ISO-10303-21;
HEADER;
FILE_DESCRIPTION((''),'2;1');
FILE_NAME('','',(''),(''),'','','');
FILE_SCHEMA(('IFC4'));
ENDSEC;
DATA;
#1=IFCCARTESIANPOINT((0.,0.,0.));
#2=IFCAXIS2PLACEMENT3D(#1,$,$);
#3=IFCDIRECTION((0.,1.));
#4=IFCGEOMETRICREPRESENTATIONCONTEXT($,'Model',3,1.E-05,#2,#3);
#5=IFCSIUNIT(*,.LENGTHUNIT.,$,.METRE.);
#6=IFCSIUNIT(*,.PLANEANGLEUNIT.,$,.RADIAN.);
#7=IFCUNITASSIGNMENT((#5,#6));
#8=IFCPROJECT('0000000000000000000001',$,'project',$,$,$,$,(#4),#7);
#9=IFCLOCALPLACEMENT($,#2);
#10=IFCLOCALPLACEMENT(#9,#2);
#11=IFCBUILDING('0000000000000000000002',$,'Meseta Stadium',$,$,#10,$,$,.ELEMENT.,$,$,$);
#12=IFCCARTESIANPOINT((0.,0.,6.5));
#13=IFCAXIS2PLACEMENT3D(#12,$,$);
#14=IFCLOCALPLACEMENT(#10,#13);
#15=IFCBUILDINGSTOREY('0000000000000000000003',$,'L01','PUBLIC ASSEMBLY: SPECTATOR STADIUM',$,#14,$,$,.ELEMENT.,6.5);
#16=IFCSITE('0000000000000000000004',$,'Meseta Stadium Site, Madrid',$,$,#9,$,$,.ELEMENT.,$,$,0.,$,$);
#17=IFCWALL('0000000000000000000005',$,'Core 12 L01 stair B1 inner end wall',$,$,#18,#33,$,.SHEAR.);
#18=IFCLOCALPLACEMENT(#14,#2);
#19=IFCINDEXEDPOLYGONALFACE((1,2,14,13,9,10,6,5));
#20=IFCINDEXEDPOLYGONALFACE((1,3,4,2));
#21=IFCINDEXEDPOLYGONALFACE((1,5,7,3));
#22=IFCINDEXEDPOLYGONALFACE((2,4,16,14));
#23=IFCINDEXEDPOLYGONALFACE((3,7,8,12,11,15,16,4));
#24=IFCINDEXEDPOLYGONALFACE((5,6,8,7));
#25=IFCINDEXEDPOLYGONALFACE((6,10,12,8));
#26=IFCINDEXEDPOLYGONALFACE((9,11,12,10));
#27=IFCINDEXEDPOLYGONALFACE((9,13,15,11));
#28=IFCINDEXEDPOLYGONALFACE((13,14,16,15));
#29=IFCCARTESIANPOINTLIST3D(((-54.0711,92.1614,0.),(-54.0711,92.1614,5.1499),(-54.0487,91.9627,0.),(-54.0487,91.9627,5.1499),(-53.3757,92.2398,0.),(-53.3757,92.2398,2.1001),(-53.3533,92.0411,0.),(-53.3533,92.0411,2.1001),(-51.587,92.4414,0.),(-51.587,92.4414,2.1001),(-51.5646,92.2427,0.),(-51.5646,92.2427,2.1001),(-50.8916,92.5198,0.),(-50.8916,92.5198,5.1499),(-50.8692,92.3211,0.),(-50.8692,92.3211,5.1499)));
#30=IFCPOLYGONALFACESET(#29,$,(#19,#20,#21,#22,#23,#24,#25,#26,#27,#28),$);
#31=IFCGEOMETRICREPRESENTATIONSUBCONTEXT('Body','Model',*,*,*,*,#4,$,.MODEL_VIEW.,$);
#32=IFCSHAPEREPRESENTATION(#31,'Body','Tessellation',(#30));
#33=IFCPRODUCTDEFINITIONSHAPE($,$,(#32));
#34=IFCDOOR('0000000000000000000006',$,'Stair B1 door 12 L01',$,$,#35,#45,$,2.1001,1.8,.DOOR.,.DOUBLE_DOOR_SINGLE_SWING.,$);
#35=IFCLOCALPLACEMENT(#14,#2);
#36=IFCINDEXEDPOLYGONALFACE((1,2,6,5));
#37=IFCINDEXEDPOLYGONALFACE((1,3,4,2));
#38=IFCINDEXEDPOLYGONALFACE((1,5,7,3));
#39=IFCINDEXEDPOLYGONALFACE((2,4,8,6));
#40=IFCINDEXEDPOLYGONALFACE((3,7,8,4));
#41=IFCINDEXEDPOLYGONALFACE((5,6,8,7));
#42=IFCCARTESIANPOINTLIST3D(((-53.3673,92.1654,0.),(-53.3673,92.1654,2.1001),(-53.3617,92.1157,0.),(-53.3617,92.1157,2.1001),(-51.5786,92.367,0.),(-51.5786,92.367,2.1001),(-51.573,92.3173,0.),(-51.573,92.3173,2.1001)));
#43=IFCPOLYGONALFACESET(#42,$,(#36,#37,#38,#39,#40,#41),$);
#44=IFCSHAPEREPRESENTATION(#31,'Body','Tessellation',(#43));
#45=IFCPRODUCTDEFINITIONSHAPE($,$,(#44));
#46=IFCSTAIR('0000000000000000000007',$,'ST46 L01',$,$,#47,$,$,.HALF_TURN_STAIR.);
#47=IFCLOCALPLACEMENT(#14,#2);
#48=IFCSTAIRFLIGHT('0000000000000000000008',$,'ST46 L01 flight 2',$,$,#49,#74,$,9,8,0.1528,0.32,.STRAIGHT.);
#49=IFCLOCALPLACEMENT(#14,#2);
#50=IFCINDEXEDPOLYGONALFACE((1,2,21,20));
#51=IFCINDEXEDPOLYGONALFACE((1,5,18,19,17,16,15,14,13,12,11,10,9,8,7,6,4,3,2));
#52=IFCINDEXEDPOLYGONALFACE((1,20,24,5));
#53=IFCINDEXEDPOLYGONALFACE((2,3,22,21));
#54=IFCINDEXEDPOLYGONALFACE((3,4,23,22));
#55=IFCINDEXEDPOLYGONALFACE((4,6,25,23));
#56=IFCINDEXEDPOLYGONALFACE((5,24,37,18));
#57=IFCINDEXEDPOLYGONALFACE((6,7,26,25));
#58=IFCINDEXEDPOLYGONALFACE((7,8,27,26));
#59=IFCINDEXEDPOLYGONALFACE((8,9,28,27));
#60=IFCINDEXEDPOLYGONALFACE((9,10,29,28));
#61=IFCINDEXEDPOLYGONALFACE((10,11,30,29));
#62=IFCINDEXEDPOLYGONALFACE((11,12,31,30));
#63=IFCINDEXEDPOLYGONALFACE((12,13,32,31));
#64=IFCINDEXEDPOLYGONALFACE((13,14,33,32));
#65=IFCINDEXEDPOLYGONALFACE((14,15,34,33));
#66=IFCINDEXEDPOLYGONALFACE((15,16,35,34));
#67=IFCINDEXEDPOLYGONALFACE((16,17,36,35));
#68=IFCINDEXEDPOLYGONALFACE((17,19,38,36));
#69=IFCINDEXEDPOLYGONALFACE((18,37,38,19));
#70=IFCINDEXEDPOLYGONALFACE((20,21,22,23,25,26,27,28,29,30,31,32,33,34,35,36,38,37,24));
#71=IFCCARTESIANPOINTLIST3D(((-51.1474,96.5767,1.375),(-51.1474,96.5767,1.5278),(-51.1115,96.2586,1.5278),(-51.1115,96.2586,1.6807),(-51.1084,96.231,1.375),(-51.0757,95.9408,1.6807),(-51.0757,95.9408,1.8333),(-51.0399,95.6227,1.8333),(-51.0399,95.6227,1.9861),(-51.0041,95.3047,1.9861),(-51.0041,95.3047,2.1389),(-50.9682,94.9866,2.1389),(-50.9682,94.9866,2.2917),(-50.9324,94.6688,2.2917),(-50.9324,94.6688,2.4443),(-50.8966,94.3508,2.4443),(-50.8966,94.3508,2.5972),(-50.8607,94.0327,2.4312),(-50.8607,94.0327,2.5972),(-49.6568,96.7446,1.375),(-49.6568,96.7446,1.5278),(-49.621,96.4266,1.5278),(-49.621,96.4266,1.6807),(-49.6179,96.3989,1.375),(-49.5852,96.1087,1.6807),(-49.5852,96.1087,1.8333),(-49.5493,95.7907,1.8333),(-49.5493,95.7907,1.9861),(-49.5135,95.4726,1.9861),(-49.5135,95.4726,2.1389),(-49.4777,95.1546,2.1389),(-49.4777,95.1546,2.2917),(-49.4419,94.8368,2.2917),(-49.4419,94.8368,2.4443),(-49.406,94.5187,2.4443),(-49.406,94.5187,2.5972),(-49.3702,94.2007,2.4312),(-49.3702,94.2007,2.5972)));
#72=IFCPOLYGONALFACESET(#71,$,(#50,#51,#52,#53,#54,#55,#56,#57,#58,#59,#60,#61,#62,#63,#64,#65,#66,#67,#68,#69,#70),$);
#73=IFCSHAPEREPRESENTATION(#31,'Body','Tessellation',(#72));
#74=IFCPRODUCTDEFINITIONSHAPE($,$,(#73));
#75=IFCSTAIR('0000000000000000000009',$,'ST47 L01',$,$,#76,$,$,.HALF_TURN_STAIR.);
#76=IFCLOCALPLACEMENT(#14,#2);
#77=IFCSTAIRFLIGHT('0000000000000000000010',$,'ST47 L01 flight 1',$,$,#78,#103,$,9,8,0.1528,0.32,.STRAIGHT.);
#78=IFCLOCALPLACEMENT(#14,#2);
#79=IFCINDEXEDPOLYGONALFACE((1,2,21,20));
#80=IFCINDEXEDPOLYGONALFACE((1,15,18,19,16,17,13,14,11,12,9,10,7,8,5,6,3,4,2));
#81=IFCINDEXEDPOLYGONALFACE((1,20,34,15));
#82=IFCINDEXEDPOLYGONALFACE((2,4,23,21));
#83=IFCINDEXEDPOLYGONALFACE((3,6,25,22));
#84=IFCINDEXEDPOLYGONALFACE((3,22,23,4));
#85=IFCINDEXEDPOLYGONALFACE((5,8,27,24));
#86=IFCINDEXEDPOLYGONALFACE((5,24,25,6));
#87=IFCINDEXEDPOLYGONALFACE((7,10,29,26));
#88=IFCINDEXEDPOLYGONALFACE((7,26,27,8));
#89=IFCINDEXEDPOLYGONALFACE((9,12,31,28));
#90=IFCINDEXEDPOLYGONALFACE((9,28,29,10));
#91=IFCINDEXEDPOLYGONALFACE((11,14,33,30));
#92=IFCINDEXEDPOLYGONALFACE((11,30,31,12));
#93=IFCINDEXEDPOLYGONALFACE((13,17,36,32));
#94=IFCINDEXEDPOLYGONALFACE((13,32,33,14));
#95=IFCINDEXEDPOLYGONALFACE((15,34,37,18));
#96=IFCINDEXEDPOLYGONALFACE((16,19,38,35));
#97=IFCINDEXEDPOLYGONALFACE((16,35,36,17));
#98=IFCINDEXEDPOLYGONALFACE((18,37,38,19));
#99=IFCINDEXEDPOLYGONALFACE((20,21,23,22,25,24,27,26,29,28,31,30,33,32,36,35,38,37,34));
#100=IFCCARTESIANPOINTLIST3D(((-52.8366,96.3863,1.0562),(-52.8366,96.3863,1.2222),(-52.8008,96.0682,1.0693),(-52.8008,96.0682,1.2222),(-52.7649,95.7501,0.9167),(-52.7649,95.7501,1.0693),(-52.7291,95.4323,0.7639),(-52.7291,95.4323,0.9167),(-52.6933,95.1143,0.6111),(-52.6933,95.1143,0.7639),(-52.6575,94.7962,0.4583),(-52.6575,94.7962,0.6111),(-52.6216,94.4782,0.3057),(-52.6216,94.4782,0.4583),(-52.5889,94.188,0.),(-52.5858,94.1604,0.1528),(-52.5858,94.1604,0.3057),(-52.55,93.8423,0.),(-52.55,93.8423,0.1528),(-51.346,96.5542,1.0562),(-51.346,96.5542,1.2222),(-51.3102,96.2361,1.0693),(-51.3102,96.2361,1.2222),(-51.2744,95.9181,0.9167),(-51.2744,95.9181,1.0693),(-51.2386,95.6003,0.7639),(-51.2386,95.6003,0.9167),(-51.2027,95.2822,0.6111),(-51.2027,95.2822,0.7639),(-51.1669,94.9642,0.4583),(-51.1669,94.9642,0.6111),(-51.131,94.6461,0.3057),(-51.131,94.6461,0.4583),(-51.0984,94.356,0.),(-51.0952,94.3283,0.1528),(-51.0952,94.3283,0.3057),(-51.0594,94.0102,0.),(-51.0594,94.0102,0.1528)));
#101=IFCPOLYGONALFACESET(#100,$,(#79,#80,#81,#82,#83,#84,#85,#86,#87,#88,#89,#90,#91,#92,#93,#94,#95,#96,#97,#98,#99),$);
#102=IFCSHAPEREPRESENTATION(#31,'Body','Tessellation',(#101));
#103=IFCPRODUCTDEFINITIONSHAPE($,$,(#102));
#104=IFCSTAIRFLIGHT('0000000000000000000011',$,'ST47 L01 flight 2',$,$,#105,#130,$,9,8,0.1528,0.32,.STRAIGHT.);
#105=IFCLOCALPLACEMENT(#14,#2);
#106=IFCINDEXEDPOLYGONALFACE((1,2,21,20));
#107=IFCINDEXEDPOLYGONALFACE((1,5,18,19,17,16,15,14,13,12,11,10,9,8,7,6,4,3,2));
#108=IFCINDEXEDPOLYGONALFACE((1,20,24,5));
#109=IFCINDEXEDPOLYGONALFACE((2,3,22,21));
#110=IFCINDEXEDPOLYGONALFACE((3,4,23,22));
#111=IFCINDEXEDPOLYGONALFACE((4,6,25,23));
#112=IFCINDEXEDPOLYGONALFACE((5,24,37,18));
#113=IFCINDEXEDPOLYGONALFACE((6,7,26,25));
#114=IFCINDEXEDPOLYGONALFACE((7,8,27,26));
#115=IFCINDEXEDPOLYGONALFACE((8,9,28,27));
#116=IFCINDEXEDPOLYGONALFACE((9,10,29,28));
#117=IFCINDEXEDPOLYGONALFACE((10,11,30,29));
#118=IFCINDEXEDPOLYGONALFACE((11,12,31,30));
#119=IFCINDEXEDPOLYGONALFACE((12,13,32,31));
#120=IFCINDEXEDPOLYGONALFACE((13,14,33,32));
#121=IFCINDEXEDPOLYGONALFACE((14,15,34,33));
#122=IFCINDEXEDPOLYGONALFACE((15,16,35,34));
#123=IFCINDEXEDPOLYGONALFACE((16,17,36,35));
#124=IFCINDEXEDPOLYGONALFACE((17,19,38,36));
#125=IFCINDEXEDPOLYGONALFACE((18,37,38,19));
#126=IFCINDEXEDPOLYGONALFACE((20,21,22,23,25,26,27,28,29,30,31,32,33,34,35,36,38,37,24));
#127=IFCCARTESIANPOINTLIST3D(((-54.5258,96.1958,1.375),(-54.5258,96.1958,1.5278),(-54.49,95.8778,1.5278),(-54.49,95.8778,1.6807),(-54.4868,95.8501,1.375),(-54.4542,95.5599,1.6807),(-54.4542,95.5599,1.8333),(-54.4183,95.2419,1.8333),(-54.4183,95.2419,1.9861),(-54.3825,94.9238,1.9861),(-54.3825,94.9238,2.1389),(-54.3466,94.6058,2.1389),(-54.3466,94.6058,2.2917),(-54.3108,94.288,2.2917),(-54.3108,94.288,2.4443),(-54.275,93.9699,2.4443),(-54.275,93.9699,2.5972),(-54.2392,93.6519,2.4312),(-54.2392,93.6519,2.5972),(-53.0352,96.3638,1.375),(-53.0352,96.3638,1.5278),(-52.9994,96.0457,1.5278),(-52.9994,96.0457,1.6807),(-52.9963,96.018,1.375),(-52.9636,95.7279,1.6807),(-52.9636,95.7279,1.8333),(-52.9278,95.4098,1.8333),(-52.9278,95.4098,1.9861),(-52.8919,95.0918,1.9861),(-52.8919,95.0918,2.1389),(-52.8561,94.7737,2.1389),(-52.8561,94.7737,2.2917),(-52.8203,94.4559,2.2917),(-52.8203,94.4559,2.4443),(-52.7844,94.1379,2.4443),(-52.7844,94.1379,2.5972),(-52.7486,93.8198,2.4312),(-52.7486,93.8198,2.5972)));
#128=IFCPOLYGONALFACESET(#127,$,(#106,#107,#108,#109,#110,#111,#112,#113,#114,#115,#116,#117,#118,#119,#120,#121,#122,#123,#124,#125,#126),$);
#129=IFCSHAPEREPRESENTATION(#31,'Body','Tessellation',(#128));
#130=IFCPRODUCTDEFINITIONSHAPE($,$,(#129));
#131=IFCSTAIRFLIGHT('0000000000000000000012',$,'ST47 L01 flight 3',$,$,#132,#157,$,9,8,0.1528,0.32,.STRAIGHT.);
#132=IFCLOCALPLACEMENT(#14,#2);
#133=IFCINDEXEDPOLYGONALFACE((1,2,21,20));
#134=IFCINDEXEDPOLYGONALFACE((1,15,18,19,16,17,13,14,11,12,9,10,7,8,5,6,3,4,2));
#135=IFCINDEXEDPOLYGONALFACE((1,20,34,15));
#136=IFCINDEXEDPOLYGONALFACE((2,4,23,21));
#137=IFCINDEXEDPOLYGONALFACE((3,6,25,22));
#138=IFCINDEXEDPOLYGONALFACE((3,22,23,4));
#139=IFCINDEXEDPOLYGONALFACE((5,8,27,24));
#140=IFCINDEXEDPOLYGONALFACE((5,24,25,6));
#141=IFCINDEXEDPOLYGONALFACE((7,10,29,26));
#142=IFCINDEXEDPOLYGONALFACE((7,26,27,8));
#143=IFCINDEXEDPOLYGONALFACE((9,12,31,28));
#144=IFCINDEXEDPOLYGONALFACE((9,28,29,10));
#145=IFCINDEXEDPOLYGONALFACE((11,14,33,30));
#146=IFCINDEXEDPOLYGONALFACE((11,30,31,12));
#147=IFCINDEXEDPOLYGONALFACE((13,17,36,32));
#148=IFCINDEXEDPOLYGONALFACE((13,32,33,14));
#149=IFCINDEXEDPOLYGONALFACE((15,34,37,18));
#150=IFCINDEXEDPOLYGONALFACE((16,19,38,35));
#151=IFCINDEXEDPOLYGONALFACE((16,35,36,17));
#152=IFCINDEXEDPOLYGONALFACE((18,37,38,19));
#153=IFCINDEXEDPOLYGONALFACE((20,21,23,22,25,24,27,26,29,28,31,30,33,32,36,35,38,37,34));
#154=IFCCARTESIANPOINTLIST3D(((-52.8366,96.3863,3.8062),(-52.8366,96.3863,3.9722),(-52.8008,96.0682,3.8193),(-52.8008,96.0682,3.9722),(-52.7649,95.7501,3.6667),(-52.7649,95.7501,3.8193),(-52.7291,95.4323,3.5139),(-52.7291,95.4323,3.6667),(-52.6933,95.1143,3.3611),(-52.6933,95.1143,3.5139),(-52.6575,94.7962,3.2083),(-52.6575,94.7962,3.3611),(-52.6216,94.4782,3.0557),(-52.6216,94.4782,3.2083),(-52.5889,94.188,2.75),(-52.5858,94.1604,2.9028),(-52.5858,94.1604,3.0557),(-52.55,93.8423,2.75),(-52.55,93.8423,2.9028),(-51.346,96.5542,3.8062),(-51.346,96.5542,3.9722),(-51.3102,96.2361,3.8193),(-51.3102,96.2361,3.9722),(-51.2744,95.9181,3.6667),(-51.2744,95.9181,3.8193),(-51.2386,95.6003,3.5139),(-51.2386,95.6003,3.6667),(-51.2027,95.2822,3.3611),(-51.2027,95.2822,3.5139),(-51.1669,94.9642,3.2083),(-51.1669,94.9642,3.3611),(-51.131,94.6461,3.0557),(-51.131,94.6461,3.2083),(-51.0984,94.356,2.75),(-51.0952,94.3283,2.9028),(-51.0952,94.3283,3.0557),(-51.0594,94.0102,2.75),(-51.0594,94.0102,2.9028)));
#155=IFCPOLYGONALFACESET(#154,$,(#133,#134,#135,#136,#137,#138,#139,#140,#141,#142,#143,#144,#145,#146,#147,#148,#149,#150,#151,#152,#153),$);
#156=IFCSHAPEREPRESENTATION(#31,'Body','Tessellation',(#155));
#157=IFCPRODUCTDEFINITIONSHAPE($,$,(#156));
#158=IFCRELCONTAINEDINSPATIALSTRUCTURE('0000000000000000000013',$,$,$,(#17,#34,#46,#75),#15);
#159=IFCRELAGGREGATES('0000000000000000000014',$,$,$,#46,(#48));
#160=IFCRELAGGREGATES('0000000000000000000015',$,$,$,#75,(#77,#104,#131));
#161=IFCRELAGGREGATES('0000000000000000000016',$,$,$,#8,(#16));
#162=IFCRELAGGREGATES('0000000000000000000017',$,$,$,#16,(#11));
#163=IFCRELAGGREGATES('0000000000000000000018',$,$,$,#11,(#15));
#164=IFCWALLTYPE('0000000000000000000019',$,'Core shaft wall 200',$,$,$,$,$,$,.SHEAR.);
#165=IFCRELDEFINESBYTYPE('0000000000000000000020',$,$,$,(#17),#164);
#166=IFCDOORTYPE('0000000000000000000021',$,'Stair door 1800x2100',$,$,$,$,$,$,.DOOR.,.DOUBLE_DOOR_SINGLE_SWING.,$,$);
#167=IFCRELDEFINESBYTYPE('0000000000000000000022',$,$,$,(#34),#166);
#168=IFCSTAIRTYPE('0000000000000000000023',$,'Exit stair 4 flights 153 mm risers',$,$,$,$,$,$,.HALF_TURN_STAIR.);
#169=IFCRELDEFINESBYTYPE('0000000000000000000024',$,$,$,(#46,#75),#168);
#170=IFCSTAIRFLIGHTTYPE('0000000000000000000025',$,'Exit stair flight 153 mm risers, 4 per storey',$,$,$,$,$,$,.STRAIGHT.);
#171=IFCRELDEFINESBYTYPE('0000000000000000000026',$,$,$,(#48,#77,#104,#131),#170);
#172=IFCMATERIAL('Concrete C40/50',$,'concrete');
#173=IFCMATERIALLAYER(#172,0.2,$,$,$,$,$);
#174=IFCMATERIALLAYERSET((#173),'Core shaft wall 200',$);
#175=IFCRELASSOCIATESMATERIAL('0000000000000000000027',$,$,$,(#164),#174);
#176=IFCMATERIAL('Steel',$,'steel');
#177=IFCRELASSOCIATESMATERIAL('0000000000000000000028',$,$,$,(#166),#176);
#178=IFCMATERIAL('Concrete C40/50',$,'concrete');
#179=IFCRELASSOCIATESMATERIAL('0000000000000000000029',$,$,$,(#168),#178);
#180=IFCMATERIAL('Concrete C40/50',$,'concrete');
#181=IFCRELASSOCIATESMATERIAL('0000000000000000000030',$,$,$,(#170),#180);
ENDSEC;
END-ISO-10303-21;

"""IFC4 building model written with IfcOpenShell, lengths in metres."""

from ifc_helpers import new_model, si_unit, direction, frame, frame_2d, origin, place, context, subcontext, project, spatial, polyline, rectangle, outline, extrude, material, layer, layer_set, type_object, element, fill, aggregate, save


model = new_model("IFC4")

# Units and contexts
model_context = context("Model", 3, precision=1e-05, world=origin(), true_north=direction((0.0, 1.0)))
body_context = subcontext(model_context, "Body", "Model", "MODEL_VIEW")
ifc_project = project(units=[si_unit("LENGTHUNIT", "METRE"), si_unit("PLANEANGLEUNIT", "RADIAN")], contexts=[model_context])

# Site, building, storey
site_placement = place(None, origin())
site = spatial("IfcSite", under=ifc_project, at=site_placement, Name="Meseta Stadium Site, Madrid", CompositionType="ELEMENT", RefElevation=0.0)
building_placement = place(site_placement, origin())
building = spatial("IfcBuilding", under=site, at=building_placement, Name="Meseta Stadium", CompositionType="ELEMENT")
storey_placement = place(building_placement, frame((0.0, 0.0, 6.5)))
storey = spatial("IfcBuildingStorey", under=building, at=storey_placement, Name="L01", Description="PUBLIC ASSEMBLY: SPECTATOR STADIUM", CompositionType="ELEMENT", Elevation=6.5)

# Wall, opening, door
ifc_material_1 = material(Name="Concrete C40/50", Category="concrete")
ifc_layer = layer(ifc_material_1, 0.2)
ifc_layer_set = layer_set([ifc_layer], Name="Core shaft wall 200")
wall_type = type_object("IfcWallType", Name="Core shaft wall 200", PredefinedType="SHEAR", material=ifc_layer_set)
wall_placement = place(storey_placement, frame((-50.8804, 92.4204, 0.0), z_axis=(0.0, 0.0, 1.0), x_axis=(-0.993708, -0.112006, 0.0)))
wall = element("IfcWall", 1, at=wall_placement, inside=storey, type_object=wall_type, Name="Core 12 L01 stair B1 inner end wall", PredefinedType="SHEAR", context=body_context, shape_type="SweptSolid", body=[
    extrude(rectangle(XDim=3.1997, YDim=0.2, at=frame_2d((1.5999, 0.0))), origin(), (0.0, 0.0, 1.0), 5.1499),
])
opening_placement = place(wall_placement, frame((0.7, 0.0, 0.0)))
opening = element("IfcOpeningElement", 2, at=opening_placement, cuts=wall, PredefinedType="OPENING", context=body_context, shape_type="SweptSolid", body=[
    extrude(rectangle(XDim=1.8, YDim=2.1001, at=frame_2d((0.8999, 1.05))), frame((0.0, 0.1099, 0.0), z_axis=(0.0, -1.0, 0.0), x_axis=(1.0, 0.0, 0.0)), (0.0, 0.0, 1.0), 0.22),
])
ifc_material_2 = material(Name="Steel", Category="steel")
door_type = type_object("IfcDoorType", Name="Stair door 1800x2100", OperationType="DOUBLE_DOOR_SINGLE_SWING", PredefinedType="DOOR", material=ifc_material_2)
door_placement = place(opening_placement, origin())
door = element("IfcDoor", 3, at=door_placement, inside=storey, type_object=door_type, Name="Stair B1 door 12 L01", OperationType="DOUBLE_DOOR_SINGLE_SWING", OverallHeight=2.1001, OverallWidth=1.8, PredefinedType="DOOR", context=body_context, shape_type="SweptSolid", body=[
    extrude(rectangle(XDim=1.8, YDim=2.1001, at=frame_2d((0.8999, 1.05))), frame((0.0, 0.0249, 0.0), z_axis=(0.0, -1.0, 0.0), x_axis=(1.0, 0.0, 0.0)), (0.0, 0.0, 1.0), 0.05),
])
fill(opening, door)

# Stair, stair flight
ifc_material_3 = material(Name="Concrete C40/50", Category="concrete")
stair_type = type_object("IfcStairType", Name="Exit stair 4 flights 153 mm risers", PredefinedType="HALF_TURN_STAIR", material=ifc_material_3)
stair_1_placement = place(storey_placement, origin())
stair_1 = element("IfcStair", 4, at=stair_1_placement, inside=storey, type_object=stair_type, Name="ST46 L01", PredefinedType="HALF_TURN_STAIR")
ifc_material_4 = material(Name="Concrete C40/50", Category="concrete")
stair_flight_type = type_object("IfcStairFlightType", Name="Exit stair flight 153 mm risers, 4 per storey", PredefinedType="STRAIGHT", material=ifc_material_4)
stair_flight_1_placement = place(storey_placement, frame((-50.4021, 96.6606, 1.375), z_axis=(0.0, 0.0, 1.0), x_axis=(0.111964, -0.993712, 0.0)))
stair_flight_1 = element("IfcStairFlight", 5, at=stair_flight_1_placement, type_object=stair_flight_type, Name="ST46 L01 flight 2", NumberOfRisers=9, NumberOfTreads=8, PredefinedType="STRAIGHT", RiserHeight=0.1528, TreadLength=0.32, context=body_context, shape_type="SweptSolid", body=[
    extrude(outline(polyline([(0.0, 0.0), (0.0, 0.1528), (0.3201, 0.1528), (0.3201, 0.3057), (0.6399, 0.3057), (0.6399, 0.4583), (0.96, 0.4583), (0.96, 0.6111), (1.28, 0.6111), (1.28, 0.7639), (1.6001, 0.7639), (1.6001, 0.9167), (1.9199, 0.9167), (1.9199, 1.0693), (2.24, 1.0693), (2.24, 1.2222), (2.5601, 1.2222), (2.5601, 1.0562), (0.3479, 0.0), (0.0, 0.0)])), frame((0.0, 0.75, 0.0), z_axis=(0.0, -1.0, 0.0), x_axis=(1.0, 0.0, 0.0)), (0.0, 0.0, 1.0), 1.5),
])
aggregate(stair_1, [stair_flight_1])

# Stair, stair flights
stair_2_placement = place(storey_placement, origin())
stair_2 = element("IfcStair", 6, at=stair_2_placement, inside=storey, type_object=stair_type, Name="ST47 L01", PredefinedType="HALF_TURN_STAIR")
stair_flight_2_placement = place(storey_placement, frame((-51.8047, 93.9263, 0.0), z_axis=(0.0, 0.0, 1.0), x_axis=(-0.111964, 0.993712, 0.0)))
stair_flight_2 = element("IfcStairFlight", 7, at=stair_flight_2_placement, type_object=stair_flight_type, Name="ST47 L01 flight 1", NumberOfRisers=9, NumberOfTreads=8, PredefinedType="STRAIGHT", RiserHeight=0.1528, TreadLength=0.32, context=body_context, shape_type="SweptSolid", body=[
    extrude(outline(polyline([(0.0, 0.0), (0.0, 0.1528), (0.3201, 0.1528), (0.3201, 0.3057), (0.6399, 0.3057), (0.6399, 0.4583), (0.96, 0.4583), (0.96, 0.6111), (1.28, 0.6111), (1.28, 0.7639), (1.6001, 0.7639), (1.6001, 0.9167), (1.9199, 0.9167), (1.9199, 1.0693), (2.24, 1.0693), (2.24, 1.2222), (2.5601, 1.2222), (2.5601, 1.0562), (0.3479, 0.0), (0.0, 0.0)])), frame((0.0, 0.75, 0.0), z_axis=(0.0, -1.0, 0.0), x_axis=(1.0, 0.0, 0.0)), (0.0, 0.0, 1.0), 1.5),
])
stair_flight_3_placement = place(storey_placement, frame((-53.7805, 96.2798, 1.375), z_axis=(0.0, 0.0, 1.0), x_axis=(0.111964, -0.993712, 0.0)))
stair_flight_3 = element("IfcStairFlight", 8, at=stair_flight_3_placement, type_object=stair_flight_type, Name="ST47 L01 flight 2", NumberOfRisers=9, NumberOfTreads=8, PredefinedType="STRAIGHT", RiserHeight=0.1528, TreadLength=0.32, context=body_context, shape_type="SweptSolid", body=[
    extrude(outline(polyline([(0.0, 0.0), (0.0, 0.1528), (0.3201, 0.1528), (0.3201, 0.3057), (0.6399, 0.3057), (0.6399, 0.4583), (0.96, 0.4583), (0.96, 0.6111), (1.28, 0.6111), (1.28, 0.7639), (1.6001, 0.7639), (1.6001, 0.9167), (1.9199, 0.9167), (1.9199, 1.0693), (2.24, 1.0693), (2.24, 1.2222), (2.5601, 1.2222), (2.5601, 1.0562), (0.3479, 0.0), (0.0, 0.0)])), frame((0.0, 0.75, 0.0), z_axis=(0.0, -1.0, 0.0), x_axis=(1.0, 0.0, 0.0)), (0.0, 0.0, 1.0), 1.5),
])
stair_flight_4_placement = place(storey_placement, frame((-51.8047, 93.9263, 2.75), z_axis=(0.0, 0.0, 1.0), x_axis=(-0.111964, 0.993712, 0.0)))
stair_flight_4 = element("IfcStairFlight", 9, at=stair_flight_4_placement, type_object=stair_flight_type, Name="ST47 L01 flight 3", NumberOfRisers=9, NumberOfTreads=8, PredefinedType="STRAIGHT", RiserHeight=0.1528, TreadLength=0.32, context=body_context, shape_type="SweptSolid", body=[
    extrude(outline(polyline([(0.0, 0.0), (0.0, 0.1528), (0.3201, 0.1528), (0.3201, 0.3057), (0.6399, 0.3057), (0.6399, 0.4583), (0.96, 0.4583), (0.96, 0.6111), (1.28, 0.6111), (1.28, 0.7639), (1.6001, 0.7639), (1.6001, 0.9167), (1.9199, 0.9167), (1.9199, 1.0693), (2.24, 1.0693), (2.24, 1.2222), (2.5601, 1.2222), (2.5601, 1.0562), (0.3479, 0.0), (0.0, 0.0)])), frame((0.0, 0.75, 0.0), z_axis=(0.0, -1.0, 0.0), x_axis=(1.0, 0.0, 0.0)), (0.0, 0.0, 1.0), 1.5),
])
aggregate(stair_2, [stair_flight_2, stair_flight_3, stair_flight_4])

save(model, "model.ifc")
